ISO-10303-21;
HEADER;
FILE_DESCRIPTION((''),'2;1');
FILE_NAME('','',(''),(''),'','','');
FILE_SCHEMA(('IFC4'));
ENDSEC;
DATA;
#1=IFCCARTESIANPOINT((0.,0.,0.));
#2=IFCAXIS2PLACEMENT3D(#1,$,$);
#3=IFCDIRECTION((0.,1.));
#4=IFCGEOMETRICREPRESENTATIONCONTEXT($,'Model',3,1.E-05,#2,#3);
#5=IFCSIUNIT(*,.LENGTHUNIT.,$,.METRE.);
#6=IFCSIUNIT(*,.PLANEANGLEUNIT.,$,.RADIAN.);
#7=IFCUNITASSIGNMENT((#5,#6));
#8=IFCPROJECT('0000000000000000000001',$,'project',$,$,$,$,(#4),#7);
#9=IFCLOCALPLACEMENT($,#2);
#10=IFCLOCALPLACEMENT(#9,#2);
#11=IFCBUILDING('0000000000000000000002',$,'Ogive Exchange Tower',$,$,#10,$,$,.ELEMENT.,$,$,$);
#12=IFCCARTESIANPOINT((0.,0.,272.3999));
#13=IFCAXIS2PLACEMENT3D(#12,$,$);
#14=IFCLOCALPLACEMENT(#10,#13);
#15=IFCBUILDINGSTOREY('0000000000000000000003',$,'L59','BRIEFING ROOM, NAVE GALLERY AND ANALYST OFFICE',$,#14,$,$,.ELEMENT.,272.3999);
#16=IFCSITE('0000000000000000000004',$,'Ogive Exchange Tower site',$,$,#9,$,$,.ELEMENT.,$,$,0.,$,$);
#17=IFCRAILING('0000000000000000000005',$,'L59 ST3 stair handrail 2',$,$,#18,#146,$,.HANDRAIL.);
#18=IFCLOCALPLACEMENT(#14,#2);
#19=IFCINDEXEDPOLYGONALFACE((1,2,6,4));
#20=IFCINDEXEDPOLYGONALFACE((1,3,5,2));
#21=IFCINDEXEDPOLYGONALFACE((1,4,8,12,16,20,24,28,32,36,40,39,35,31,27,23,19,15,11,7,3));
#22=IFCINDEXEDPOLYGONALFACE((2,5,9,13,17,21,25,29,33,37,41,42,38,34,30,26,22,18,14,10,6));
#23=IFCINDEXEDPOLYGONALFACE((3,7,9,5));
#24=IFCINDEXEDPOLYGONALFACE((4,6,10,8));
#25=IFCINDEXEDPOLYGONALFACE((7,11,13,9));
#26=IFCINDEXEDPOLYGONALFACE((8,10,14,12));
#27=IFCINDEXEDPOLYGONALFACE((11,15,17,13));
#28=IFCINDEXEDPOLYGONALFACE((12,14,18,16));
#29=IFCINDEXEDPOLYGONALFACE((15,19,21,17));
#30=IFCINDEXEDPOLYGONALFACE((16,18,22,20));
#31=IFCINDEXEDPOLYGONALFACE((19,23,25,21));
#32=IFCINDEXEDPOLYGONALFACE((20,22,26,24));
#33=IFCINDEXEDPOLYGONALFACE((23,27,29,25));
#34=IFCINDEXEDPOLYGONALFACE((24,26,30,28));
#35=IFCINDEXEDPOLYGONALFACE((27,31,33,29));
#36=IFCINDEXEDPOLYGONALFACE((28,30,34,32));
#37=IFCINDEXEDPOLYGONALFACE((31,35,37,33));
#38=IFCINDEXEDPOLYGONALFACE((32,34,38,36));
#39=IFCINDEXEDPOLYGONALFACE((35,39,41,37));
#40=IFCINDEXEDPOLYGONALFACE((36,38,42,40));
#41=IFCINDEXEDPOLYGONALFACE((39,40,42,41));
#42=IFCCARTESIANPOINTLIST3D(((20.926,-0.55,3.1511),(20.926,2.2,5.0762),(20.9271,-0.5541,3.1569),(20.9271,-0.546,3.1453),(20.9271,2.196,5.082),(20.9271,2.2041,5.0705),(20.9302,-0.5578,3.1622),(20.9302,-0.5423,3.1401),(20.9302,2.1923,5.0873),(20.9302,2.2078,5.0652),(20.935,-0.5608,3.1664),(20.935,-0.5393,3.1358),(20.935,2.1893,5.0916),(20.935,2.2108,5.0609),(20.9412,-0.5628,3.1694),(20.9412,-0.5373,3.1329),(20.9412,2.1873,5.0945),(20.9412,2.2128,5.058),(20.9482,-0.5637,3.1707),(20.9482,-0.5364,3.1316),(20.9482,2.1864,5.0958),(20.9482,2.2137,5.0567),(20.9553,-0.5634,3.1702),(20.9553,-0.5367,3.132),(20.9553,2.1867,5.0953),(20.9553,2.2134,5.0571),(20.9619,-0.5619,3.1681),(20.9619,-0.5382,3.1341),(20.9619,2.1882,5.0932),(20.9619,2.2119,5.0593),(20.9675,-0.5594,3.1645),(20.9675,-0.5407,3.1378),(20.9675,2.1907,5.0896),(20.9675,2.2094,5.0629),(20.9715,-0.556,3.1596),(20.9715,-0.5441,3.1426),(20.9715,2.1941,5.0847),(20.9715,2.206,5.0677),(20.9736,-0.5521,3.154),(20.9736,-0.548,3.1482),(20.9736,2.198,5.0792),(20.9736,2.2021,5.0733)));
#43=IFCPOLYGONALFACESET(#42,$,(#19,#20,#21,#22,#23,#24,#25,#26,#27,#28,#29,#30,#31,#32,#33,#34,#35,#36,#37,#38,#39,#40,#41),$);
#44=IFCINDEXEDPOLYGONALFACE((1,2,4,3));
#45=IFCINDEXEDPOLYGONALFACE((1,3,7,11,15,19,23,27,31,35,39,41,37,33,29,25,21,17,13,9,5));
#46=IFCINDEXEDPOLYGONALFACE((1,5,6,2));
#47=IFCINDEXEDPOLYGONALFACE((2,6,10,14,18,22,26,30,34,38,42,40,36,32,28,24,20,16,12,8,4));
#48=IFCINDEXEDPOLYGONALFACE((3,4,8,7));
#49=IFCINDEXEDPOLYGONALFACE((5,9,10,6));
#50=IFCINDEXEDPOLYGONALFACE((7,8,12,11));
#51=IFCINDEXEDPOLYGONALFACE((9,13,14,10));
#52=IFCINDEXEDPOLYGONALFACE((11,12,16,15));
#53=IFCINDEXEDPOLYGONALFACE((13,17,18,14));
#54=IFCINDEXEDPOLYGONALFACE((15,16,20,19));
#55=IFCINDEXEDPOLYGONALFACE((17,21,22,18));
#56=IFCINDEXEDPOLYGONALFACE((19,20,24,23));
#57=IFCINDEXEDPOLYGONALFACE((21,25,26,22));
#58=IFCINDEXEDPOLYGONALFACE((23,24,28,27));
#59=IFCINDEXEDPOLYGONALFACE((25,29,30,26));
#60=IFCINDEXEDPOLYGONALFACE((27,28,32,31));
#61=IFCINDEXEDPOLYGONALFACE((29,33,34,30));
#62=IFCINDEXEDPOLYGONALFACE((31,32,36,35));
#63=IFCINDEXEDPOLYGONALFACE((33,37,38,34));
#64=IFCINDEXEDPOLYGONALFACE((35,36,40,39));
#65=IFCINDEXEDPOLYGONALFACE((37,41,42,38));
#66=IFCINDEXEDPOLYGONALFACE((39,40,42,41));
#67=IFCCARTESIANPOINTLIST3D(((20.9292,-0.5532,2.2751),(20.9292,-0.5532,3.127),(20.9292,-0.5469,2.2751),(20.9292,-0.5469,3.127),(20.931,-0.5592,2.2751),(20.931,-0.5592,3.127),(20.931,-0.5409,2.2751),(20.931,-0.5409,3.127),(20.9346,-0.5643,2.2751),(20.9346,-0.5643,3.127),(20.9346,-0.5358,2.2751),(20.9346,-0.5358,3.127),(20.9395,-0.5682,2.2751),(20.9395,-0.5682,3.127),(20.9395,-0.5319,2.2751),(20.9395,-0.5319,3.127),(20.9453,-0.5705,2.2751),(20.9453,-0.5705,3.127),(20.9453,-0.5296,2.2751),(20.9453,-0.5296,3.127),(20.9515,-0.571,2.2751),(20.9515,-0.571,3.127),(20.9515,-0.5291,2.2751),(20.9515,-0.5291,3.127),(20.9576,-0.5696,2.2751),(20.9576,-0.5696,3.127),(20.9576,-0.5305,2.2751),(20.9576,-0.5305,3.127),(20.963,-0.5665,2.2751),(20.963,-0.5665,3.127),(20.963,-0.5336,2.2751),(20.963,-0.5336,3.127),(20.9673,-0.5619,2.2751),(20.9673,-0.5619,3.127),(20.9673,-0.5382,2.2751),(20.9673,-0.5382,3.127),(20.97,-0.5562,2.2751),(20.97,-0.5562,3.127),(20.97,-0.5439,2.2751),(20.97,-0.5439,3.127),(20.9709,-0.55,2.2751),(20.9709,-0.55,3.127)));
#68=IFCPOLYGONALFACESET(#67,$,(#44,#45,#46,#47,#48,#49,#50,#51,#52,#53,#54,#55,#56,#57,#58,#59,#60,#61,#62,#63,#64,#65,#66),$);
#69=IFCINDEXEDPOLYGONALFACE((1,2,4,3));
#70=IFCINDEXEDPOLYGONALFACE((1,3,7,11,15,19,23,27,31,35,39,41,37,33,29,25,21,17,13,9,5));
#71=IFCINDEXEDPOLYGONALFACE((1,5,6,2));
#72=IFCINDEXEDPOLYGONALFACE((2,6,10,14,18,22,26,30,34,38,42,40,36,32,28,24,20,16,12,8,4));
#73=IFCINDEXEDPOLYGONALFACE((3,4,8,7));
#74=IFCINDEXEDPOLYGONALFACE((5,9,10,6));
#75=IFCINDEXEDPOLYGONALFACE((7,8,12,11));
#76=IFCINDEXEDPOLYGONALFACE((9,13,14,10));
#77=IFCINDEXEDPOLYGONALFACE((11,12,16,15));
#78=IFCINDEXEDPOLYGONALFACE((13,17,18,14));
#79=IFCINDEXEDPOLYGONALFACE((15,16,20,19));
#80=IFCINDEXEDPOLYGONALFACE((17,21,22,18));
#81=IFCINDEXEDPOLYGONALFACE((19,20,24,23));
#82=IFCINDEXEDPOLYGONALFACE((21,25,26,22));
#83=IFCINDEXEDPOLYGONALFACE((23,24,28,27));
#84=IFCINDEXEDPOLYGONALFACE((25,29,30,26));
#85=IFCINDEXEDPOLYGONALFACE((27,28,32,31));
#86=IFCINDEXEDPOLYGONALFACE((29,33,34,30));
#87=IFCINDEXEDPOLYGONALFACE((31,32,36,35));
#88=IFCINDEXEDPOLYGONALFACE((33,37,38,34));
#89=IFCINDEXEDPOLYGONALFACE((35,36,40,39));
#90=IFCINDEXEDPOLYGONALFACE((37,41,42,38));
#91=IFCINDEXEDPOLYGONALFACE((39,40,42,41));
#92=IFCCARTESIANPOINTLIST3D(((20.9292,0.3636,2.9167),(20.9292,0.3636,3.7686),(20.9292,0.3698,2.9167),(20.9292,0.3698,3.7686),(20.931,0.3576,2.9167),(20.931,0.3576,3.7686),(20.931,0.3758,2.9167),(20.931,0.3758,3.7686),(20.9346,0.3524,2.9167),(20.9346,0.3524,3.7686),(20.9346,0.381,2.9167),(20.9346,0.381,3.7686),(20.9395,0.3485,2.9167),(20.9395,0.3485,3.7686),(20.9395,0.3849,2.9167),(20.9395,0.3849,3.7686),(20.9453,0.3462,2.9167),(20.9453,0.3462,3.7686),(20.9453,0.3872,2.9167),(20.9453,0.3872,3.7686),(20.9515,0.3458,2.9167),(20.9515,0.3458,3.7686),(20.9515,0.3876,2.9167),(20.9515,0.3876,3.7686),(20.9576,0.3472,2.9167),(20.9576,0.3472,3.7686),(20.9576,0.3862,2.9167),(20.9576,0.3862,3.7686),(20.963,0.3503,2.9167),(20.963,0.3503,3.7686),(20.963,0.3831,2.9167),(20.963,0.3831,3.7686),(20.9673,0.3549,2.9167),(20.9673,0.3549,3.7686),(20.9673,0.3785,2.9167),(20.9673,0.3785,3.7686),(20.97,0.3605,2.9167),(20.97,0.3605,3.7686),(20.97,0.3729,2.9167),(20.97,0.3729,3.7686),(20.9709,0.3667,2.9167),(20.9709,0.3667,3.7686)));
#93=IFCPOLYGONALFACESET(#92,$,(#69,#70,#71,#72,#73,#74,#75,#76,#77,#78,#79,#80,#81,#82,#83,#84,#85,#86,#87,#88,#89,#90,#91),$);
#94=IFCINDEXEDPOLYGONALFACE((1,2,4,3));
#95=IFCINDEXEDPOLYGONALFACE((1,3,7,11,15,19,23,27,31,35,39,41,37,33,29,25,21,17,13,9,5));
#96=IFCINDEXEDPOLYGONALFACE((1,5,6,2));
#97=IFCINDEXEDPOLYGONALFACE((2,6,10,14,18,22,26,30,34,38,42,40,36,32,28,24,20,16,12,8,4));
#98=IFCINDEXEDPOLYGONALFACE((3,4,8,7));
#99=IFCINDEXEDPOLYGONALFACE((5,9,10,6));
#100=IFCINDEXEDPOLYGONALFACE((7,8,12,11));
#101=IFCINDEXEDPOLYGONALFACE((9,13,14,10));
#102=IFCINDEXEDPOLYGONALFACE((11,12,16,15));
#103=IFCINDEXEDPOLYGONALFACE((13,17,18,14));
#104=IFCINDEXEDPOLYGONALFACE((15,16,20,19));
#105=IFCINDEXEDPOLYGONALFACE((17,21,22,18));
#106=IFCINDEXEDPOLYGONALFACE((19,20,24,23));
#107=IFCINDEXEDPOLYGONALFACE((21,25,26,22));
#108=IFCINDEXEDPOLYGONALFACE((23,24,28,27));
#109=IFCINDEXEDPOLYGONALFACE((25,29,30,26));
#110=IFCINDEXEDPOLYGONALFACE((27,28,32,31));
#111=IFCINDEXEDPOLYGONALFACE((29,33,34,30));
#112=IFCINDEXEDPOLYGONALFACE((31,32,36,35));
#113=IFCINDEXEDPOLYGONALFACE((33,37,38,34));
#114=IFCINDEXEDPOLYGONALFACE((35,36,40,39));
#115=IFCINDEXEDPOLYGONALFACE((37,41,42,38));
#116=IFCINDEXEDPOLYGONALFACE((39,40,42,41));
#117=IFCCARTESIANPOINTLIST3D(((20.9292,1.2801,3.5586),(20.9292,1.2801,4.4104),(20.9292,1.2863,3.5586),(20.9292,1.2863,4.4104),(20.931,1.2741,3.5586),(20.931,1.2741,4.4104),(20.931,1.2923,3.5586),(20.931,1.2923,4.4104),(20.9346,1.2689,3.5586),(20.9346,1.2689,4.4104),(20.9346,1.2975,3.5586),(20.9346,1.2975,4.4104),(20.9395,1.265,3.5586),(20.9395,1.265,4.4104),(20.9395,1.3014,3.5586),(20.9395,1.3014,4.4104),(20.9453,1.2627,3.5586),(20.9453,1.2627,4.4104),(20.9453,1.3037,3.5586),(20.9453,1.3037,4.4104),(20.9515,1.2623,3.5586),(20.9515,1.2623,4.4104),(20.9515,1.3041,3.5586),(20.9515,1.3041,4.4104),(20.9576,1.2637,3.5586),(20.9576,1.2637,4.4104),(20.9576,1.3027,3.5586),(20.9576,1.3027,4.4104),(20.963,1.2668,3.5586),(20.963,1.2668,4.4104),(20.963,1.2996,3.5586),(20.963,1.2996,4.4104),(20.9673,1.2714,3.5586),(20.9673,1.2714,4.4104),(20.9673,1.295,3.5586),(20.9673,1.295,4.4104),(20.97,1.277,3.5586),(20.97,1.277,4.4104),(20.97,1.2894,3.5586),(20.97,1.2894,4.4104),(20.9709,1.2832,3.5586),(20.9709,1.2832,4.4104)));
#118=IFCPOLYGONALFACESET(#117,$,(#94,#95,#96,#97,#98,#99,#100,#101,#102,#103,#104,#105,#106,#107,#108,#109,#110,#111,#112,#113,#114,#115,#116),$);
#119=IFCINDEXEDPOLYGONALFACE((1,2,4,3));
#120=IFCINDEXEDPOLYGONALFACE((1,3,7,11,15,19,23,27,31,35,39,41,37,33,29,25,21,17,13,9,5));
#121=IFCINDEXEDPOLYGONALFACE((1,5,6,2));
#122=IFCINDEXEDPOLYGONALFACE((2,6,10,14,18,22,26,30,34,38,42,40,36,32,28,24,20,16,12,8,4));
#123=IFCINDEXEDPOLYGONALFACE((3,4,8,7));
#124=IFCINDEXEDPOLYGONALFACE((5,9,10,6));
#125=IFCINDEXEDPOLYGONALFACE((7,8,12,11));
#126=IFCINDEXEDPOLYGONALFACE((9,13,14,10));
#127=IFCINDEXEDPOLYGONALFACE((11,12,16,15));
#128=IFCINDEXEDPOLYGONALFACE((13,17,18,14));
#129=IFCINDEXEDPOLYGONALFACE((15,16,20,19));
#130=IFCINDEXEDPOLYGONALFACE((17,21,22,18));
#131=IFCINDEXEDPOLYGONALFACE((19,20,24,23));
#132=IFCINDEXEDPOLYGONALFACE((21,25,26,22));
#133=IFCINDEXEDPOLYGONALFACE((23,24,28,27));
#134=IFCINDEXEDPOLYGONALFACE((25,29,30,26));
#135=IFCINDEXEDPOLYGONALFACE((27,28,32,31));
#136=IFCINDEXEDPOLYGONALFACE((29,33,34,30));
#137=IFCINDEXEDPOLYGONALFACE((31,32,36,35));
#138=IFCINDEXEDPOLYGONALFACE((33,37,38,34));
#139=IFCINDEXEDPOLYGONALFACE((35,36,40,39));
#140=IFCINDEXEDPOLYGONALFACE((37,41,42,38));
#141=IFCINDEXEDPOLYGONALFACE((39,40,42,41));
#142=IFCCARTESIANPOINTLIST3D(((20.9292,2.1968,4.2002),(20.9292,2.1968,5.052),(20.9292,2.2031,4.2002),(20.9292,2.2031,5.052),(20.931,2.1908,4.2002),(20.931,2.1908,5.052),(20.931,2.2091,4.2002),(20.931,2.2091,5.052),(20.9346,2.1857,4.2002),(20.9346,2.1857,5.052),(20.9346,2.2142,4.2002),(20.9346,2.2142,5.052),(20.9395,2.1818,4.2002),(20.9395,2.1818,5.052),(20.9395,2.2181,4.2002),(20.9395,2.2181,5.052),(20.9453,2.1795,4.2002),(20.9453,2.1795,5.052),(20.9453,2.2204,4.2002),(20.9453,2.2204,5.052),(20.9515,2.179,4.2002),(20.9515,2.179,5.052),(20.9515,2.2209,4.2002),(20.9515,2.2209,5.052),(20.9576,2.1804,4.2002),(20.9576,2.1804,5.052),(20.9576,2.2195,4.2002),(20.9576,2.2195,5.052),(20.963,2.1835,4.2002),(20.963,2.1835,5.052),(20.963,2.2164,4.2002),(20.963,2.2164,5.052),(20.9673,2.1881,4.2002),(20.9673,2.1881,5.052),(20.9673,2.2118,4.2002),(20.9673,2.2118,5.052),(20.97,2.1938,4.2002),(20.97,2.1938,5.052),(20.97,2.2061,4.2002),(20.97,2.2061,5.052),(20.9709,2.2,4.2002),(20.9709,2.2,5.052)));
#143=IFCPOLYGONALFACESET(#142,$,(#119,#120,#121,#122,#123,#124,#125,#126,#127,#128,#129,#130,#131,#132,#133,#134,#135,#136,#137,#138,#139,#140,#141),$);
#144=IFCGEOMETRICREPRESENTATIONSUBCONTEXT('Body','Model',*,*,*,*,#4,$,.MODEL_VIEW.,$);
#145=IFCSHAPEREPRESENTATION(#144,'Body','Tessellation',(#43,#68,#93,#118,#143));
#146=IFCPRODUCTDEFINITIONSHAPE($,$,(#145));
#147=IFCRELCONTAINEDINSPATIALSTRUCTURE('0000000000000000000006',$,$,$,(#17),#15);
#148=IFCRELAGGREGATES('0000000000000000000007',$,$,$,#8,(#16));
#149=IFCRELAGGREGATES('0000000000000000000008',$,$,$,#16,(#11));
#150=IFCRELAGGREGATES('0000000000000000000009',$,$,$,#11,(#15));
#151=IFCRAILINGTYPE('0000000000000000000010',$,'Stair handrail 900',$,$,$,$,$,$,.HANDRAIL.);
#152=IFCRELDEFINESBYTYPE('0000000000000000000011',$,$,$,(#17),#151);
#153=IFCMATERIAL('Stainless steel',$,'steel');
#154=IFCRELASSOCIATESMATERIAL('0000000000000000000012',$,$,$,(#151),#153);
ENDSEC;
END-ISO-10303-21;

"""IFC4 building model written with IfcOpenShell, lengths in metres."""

from ifc_helpers import new_model, si_unit, direction, frame, origin, origin_2d, place, context, subcontext, project, spatial, circle, extrude, material, type_object, element, save


model = new_model("IFC4")

# Units and contexts
model_context = context("Model", 3, precision=1e-05, world=origin(), true_north=direction((0.0, 1.0)))
body_context = subcontext(model_context, "Body", "Model", "MODEL_VIEW")
ifc_project = project(units=[si_unit("LENGTHUNIT", "METRE"), si_unit("PLANEANGLEUNIT", "RADIAN")], contexts=[model_context])

# Site, building, storey
site_placement = place(None, origin())
site = spatial("IfcSite", under=ifc_project, at=site_placement, Name="Ogive Exchange Tower site", CompositionType="ELEMENT", RefElevation=0.0)
building_placement = place(site_placement, origin())
building = spatial("IfcBuilding", under=site, at=building_placement, Name="Ogive Exchange Tower", CompositionType="ELEMENT")
storey_placement = place(building_placement, frame((0.0, 0.0, 272.3999)))
storey = spatial("IfcBuildingStorey", under=building, at=storey_placement, Name="L59", Description="BRIEFING ROOM, NAVE GALLERY AND ANALYST OFFICE", CompositionType="ELEMENT", Elevation=272.3999)

# Shared definitions
ifc_material_1 = material(Name="Stainless steel", Category="steel")

# Railing
railing_type = type_object("IfcRailingType", Name="Stair handrail 900", PredefinedType="HANDRAIL", material=ifc_material_1)
railing_1_placement = place(storey_placement, frame((20.95, -0.55, 2.2751)))
element("IfcRailing", 1, at=railing_1_placement, inside=storey, type_object=railing_type, Name="L59 ST3 stair handrail 2", PredefinedType="HANDRAIL", context=body_context, shape_type="SweptSolid", body=[
    extrude(circle(Radius=0.0239, at=origin_2d()), frame((0.0, 0.0, 0.876), z_axis=(0.0, 0.819225, 0.573472), x_axis=(-1.0, 0.0, 0.0)), (0.0, 0.0, 1.0), 3.3569),
    extrude(circle(Radius=0.021, at=origin_2d()), origin(), (0.0, 0.0, 1.0), 0.8518),
    extrude(circle(Radius=0.021, at=origin_2d()), frame((0.0, 0.9167, 0.6416)), (0.0, 0.0, 1.0), 0.8518),
    extrude(circle(Radius=0.021, at=origin_2d()), frame((0.0, 1.8333, 1.2834)), (0.0, 0.0, 1.0), 0.8518),
    extrude(circle(Radius=0.021, at=origin_2d()), frame((0.0, 2.75, 1.925)), (0.0, 0.0, 1.0), 0.8518),
])

save(model, "model.ifc")
